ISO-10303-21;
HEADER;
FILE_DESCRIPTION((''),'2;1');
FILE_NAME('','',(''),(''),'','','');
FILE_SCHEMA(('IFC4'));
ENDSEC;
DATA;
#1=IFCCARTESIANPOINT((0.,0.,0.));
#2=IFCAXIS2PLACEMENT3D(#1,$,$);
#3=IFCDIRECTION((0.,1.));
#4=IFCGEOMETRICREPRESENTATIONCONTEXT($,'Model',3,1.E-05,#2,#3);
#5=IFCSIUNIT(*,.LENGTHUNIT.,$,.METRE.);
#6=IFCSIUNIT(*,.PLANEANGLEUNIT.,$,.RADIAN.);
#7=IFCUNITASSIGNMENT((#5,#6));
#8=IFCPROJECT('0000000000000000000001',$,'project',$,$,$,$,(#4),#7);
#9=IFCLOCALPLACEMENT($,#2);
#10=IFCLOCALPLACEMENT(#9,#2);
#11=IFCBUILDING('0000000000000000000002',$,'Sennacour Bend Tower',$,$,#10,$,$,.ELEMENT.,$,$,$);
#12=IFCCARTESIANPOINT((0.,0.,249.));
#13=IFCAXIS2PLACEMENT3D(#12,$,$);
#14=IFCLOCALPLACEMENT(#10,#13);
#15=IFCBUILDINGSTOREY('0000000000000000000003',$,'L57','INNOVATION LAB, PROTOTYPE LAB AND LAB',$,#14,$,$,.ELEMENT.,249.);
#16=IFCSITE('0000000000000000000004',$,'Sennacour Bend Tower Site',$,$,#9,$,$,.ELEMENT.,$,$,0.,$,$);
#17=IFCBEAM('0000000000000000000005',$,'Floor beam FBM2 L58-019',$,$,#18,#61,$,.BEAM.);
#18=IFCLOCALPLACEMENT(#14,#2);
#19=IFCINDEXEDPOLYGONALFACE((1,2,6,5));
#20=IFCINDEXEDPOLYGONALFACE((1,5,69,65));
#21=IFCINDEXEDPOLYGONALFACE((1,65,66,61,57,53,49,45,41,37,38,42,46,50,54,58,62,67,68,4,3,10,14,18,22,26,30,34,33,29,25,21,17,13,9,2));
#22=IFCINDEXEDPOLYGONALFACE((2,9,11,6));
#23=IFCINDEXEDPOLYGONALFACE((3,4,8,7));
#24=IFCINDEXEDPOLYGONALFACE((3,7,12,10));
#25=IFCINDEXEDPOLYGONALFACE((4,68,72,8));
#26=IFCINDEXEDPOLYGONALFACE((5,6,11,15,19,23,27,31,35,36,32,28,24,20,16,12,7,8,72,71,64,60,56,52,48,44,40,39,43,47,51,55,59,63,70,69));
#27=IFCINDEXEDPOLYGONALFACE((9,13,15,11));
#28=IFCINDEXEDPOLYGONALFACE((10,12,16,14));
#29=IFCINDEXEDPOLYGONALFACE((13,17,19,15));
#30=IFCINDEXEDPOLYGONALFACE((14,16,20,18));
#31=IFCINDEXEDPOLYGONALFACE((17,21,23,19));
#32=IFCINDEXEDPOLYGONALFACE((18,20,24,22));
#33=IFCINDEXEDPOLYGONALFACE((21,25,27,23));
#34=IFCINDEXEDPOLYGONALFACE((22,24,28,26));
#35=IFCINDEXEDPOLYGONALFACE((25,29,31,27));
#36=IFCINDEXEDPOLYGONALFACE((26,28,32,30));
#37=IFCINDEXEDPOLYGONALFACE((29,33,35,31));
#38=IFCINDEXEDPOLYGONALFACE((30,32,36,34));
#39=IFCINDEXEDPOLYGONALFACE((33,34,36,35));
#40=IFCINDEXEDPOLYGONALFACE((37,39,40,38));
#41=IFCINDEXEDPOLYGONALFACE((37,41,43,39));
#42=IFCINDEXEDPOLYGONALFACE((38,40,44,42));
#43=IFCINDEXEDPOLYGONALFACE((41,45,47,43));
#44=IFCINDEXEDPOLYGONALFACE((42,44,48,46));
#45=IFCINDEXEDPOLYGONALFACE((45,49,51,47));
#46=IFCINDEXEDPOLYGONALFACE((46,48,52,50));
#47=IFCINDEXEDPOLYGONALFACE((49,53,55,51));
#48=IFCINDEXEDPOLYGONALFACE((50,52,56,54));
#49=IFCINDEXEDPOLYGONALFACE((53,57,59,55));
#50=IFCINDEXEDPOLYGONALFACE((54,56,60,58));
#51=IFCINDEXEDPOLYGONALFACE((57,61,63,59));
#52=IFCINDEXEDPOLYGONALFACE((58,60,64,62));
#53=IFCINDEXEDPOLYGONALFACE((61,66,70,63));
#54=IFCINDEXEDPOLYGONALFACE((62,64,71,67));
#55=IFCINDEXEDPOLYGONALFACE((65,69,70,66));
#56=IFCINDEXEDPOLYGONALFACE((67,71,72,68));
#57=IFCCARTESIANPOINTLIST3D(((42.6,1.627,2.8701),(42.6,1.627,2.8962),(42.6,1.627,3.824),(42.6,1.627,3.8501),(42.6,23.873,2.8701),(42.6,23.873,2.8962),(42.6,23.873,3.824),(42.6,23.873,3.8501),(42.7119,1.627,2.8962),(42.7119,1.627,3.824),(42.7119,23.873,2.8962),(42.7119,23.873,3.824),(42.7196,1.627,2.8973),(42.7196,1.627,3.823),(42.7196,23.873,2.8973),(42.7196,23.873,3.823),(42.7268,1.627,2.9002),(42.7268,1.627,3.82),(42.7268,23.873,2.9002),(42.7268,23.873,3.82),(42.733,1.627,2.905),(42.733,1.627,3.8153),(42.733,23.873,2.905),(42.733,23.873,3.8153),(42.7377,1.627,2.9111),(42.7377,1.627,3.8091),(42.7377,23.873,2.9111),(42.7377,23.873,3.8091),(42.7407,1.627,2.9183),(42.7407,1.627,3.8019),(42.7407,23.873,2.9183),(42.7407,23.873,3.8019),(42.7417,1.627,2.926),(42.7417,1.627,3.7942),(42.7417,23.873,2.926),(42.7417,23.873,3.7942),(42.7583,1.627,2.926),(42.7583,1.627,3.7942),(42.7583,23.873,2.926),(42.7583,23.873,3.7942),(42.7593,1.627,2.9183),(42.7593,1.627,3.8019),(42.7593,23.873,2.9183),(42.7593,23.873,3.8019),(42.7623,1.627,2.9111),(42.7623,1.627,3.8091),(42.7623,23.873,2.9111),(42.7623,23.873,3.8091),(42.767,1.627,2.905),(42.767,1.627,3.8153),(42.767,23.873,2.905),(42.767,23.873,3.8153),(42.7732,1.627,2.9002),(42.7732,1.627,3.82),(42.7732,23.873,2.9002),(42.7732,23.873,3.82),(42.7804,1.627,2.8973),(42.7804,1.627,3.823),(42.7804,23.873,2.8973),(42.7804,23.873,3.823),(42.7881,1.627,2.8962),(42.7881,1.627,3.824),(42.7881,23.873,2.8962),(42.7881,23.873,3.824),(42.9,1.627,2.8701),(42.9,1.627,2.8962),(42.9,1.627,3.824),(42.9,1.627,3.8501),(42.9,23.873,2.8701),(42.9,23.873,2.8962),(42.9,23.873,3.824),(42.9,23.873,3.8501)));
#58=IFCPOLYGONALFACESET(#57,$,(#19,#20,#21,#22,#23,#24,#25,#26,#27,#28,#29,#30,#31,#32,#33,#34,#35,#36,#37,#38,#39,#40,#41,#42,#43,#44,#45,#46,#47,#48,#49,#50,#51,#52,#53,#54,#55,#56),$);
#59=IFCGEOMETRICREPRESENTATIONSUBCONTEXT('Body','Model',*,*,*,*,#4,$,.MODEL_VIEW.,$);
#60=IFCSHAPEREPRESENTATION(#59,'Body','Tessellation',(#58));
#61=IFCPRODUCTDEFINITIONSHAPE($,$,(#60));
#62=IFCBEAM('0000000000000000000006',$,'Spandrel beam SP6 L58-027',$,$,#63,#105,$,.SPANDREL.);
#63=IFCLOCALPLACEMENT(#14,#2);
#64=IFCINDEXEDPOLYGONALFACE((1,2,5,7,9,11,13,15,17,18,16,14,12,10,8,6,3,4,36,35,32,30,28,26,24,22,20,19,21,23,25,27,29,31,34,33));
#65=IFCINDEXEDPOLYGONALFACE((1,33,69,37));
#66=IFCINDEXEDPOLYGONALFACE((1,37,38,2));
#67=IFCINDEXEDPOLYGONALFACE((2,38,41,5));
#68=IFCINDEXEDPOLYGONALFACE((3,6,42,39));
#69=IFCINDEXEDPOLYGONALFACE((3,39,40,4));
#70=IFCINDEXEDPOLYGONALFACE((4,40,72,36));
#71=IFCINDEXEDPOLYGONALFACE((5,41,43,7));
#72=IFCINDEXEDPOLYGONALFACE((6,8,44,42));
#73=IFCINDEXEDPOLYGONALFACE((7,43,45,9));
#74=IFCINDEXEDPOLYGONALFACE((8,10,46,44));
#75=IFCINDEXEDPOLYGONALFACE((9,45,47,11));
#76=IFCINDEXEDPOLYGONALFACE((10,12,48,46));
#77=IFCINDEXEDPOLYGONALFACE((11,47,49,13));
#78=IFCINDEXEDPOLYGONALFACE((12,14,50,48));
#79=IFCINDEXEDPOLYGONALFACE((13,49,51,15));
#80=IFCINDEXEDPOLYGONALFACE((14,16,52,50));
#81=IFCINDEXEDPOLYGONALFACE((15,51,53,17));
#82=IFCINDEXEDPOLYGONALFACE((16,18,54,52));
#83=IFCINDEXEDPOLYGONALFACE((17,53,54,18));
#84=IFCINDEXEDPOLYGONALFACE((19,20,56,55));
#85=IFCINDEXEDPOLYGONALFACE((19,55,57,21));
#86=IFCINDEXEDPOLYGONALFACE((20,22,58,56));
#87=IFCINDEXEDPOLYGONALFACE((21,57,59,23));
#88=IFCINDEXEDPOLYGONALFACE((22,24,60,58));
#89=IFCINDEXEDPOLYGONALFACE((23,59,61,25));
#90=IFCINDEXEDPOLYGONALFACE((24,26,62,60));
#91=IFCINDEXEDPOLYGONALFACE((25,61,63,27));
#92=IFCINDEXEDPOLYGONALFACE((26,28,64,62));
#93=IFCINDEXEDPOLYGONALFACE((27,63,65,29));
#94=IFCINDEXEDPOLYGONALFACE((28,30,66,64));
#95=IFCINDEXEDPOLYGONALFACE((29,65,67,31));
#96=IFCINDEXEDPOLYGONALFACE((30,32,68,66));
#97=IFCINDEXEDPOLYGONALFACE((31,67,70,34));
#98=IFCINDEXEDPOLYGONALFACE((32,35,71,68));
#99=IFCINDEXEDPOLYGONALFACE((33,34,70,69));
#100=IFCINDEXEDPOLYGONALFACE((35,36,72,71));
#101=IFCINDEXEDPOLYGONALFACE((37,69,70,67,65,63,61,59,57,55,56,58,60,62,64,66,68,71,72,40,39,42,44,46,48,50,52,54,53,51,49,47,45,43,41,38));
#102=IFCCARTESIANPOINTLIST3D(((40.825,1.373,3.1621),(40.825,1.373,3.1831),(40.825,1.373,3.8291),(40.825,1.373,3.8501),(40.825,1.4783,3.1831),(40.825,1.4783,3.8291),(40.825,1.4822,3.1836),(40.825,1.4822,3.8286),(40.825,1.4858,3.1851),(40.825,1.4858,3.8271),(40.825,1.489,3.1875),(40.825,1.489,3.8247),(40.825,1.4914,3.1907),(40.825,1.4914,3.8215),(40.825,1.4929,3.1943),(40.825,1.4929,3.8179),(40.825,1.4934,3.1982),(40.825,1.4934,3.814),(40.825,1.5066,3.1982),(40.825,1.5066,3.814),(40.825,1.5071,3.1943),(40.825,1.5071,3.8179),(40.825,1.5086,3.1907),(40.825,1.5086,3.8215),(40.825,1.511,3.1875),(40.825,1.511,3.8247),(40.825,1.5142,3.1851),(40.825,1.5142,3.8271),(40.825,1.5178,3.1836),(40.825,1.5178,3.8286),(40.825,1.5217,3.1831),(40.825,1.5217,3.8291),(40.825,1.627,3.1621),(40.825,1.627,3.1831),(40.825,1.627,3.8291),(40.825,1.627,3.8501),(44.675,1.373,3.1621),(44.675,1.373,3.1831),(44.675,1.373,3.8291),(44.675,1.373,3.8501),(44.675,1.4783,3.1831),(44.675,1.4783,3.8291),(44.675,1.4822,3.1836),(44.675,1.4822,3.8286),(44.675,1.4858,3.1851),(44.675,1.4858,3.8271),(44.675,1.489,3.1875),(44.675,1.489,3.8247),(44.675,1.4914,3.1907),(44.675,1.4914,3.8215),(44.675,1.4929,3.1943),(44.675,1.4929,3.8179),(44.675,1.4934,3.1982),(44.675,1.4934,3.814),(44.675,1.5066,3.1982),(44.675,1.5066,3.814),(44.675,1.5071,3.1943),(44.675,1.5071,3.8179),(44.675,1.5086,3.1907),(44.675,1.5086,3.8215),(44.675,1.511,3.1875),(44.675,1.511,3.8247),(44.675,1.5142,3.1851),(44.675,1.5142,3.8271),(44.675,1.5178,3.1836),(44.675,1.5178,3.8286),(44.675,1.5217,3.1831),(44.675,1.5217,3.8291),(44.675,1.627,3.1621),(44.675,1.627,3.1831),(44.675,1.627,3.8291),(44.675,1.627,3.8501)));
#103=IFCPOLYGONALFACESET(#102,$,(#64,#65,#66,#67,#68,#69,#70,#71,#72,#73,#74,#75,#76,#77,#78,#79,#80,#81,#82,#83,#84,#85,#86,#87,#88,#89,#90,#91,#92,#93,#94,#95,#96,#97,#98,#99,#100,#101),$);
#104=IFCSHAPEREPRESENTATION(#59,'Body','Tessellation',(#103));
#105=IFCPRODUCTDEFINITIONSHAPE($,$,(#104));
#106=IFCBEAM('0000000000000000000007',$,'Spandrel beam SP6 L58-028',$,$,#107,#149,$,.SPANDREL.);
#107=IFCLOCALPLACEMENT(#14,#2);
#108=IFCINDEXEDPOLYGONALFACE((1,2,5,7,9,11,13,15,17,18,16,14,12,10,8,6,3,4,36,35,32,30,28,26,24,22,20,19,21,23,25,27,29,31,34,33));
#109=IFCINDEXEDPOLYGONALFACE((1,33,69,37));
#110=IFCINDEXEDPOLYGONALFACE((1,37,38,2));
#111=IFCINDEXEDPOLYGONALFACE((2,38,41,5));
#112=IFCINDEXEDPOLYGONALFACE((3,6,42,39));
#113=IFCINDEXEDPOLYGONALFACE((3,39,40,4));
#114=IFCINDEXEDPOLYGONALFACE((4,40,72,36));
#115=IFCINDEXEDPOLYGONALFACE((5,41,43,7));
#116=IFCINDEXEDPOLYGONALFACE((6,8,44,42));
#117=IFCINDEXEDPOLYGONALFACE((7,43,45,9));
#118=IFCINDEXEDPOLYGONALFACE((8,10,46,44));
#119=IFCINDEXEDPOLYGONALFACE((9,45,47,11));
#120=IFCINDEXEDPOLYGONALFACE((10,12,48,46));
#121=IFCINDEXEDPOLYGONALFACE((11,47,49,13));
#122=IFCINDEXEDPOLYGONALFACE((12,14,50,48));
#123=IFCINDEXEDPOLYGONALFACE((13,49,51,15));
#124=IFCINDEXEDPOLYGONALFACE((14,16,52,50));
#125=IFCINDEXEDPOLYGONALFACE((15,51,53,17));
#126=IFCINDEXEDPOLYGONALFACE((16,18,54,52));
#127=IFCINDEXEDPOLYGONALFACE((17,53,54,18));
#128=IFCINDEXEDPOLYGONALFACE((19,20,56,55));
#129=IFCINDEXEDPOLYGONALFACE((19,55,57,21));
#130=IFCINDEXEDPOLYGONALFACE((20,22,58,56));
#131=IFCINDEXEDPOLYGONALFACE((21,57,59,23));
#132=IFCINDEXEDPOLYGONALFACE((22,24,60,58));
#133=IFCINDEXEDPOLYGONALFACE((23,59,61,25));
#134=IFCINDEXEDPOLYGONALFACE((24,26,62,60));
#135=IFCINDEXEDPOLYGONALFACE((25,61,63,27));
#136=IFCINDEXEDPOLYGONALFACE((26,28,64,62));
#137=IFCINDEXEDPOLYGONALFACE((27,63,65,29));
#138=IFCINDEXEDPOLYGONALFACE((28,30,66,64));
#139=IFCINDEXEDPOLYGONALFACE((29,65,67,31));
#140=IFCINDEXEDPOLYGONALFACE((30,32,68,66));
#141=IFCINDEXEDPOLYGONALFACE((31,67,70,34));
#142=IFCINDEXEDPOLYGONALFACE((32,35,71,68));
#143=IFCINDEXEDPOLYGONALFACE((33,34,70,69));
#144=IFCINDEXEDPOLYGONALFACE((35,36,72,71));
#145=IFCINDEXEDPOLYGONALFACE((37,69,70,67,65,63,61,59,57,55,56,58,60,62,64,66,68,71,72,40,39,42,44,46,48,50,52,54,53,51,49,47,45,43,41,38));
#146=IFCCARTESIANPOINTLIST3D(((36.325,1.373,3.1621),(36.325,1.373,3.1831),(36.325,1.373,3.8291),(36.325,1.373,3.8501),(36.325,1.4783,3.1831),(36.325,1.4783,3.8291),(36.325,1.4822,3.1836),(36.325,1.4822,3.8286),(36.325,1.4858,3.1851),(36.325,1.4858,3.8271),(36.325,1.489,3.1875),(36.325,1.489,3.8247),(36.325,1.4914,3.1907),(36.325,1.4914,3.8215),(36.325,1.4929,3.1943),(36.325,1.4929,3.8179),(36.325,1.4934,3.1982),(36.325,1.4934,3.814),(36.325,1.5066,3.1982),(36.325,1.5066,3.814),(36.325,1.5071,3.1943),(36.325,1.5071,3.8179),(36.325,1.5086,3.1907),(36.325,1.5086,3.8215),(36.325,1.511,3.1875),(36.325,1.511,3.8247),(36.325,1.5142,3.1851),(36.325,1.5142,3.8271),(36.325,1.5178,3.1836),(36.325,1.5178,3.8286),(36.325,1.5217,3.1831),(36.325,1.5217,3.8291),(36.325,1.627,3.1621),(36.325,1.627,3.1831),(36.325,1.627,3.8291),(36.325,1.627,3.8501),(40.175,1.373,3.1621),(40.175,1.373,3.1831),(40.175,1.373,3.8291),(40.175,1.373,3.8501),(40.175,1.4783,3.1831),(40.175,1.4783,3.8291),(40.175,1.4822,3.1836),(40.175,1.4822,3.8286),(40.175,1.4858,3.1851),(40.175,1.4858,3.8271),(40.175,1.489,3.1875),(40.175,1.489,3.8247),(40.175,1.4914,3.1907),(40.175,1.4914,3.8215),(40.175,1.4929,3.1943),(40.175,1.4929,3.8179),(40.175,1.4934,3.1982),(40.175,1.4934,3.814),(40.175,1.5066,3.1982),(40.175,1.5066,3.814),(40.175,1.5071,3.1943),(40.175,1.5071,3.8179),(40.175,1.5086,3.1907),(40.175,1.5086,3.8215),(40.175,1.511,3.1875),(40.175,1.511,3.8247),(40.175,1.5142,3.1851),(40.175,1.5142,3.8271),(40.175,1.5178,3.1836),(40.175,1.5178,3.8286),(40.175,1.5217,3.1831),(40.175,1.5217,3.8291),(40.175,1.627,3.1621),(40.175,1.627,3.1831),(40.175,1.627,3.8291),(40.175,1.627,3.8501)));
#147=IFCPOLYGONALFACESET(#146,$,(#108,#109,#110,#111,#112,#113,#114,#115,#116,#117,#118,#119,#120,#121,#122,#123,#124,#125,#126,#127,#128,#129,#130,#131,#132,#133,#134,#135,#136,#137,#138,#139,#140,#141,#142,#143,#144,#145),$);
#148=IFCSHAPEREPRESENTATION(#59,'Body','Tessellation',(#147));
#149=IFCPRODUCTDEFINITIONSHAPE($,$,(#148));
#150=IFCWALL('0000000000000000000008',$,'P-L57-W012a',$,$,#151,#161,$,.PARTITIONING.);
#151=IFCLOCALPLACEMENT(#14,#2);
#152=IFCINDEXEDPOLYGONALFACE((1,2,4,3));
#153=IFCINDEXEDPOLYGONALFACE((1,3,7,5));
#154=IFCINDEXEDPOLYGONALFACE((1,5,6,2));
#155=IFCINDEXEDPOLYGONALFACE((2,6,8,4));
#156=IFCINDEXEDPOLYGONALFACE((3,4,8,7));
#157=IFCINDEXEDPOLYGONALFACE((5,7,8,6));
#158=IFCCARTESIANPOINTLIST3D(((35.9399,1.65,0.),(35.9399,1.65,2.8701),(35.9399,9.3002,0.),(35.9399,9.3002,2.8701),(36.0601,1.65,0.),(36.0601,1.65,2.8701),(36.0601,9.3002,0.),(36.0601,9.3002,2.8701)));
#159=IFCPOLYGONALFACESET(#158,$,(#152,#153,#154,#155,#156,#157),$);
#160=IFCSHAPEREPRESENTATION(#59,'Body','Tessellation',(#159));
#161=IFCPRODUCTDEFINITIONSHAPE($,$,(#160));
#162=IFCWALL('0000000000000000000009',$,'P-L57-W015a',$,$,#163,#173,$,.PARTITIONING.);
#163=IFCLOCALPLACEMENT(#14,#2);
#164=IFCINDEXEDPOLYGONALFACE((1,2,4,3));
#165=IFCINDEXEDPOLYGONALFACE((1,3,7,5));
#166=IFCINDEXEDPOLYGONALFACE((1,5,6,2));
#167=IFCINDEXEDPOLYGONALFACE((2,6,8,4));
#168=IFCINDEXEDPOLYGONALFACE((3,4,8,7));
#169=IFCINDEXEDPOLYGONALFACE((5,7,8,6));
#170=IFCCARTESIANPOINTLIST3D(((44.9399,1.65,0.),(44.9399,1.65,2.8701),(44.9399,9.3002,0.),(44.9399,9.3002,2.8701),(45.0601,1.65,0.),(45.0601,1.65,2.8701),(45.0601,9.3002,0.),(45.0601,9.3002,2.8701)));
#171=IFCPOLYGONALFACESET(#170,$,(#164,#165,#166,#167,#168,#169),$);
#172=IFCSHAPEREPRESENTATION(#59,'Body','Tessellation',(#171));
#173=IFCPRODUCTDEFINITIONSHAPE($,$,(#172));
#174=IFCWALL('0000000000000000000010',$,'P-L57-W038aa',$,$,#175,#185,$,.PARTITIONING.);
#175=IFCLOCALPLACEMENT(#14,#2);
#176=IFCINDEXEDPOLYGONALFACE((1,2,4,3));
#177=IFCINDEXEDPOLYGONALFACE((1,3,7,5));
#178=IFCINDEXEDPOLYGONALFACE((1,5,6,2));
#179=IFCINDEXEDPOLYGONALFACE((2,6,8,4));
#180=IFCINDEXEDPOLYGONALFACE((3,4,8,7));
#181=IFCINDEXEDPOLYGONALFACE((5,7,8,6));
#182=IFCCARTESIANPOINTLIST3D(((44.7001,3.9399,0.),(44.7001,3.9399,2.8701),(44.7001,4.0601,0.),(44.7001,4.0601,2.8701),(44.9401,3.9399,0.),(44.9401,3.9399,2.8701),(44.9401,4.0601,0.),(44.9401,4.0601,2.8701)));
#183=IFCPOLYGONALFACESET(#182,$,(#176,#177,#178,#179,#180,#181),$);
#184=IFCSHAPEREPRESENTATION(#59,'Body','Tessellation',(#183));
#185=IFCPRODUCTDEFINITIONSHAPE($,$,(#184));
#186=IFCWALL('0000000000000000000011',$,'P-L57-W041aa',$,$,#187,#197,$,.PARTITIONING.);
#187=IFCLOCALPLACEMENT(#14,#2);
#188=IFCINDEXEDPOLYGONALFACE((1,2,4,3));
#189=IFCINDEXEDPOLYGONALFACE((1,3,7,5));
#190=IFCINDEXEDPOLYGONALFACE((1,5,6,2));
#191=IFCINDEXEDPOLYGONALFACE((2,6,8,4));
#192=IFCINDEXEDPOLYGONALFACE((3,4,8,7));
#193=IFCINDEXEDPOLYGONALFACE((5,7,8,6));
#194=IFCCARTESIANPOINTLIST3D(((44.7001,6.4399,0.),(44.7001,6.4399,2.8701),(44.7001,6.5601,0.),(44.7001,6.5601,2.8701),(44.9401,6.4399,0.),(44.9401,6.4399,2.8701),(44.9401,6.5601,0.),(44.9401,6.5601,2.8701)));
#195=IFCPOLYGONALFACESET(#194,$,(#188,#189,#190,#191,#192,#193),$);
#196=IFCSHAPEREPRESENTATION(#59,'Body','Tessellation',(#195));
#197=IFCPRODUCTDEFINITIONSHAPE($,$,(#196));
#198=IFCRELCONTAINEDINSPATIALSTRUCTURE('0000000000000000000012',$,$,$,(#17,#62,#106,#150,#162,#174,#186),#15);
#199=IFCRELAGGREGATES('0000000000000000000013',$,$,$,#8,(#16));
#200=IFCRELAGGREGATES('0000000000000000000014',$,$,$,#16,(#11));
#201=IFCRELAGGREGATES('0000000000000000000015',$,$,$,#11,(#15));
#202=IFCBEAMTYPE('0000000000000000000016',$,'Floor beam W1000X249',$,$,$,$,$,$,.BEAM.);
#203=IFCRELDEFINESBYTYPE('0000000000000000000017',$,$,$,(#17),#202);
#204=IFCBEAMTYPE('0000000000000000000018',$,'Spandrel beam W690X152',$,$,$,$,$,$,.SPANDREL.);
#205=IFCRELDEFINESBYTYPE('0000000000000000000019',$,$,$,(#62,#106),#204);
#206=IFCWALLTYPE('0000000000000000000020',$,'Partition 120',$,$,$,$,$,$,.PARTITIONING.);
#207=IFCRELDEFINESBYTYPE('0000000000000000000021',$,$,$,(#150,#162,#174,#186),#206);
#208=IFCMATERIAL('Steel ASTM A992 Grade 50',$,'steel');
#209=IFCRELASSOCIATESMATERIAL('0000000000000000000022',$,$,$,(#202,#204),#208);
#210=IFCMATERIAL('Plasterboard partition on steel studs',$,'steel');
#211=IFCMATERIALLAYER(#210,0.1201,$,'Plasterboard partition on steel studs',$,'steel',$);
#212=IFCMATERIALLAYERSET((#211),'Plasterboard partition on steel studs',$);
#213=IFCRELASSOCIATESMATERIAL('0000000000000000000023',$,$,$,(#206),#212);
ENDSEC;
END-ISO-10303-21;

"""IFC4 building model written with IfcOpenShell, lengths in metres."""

from ifc_helpers import new_model, si_unit, direction, frame, frame_2d, origin, origin_2d, place, context, subcontext, project, spatial, rectangle, i_section, extrude, material, layer, layer_set, material_profile, profile_set, type_object, element, save


model = new_model("IFC4")

# Units and contexts
model_context = context("Model", 3, precision=1e-05, world=origin(), true_north=direction((0.0, 1.0)))
body_context = subcontext(model_context, "Body", "Model", "MODEL_VIEW")
ifc_project = project(units=[si_unit("LENGTHUNIT", "METRE"), si_unit("PLANEANGLEUNIT", "RADIAN")], contexts=[model_context])

# Site, building, storey
site_placement = place(None, origin())
site = spatial("IfcSite", under=ifc_project, at=site_placement, Name="Sennacour Bend Tower Site", CompositionType="ELEMENT", RefElevation=0.0)
building_placement = place(site_placement, origin())
building = spatial("IfcBuilding", under=site, at=building_placement, Name="Sennacour Bend Tower", CompositionType="ELEMENT")
storey_placement = place(building_placement, frame((0.0, 0.0, 249.0)))
storey = spatial("IfcBuildingStorey", under=building, at=storey_placement, Name="L57", Description="INNOVATION LAB, PROTOTYPE LAB AND LAB", CompositionType="ELEMENT", Elevation=249.0)

# Beams
ifc_material_1 = material(Name="Steel ASTM A992 Grade 50", Category="steel")
ifc_material_profile_1 = material_profile(ifc_material_1, i_section(OverallWidth=0.3, OverallDepth=0.98, WebThickness=0.0166, FlangeThickness=0.0261, FilletRadius=0.0298, at=origin_2d()), Name="Steel ASTM A992 Grade 50", Category="steel")
ifc_profile_set_1 = profile_set([ifc_material_profile_1], Name="Steel ASTM A992 Grade 50")
beam_type_1 = type_object("IfcBeamType", Name="Floor beam W1000X249", PredefinedType="BEAM", material=ifc_profile_set_1)
beam_1_placement = place(storey_placement, frame((42.75, 1.627, 3.3601), z_axis=(0.0, 1.0, 0.0), x_axis=(-1.0, 0.0, 0.0)))
element("IfcBeam", 1, at=beam_1_placement, inside=storey, type_object=beam_type_1, Name="Floor beam FBM2 L58-019", PredefinedType="BEAM", context=body_context, shape_type="SweptSolid", body=[
    extrude(i_section(OverallWidth=0.3, OverallDepth=0.98, WebThickness=0.0166, FlangeThickness=0.0261, FilletRadius=0.0298, at=origin_2d()), origin(), (0.0, 0.0, 1.0), 22.2461),
])
ifc_material_profile_2 = material_profile(ifc_material_1, i_section(OverallWidth=0.2539, OverallDepth=0.688, WebThickness=0.0132, FlangeThickness=0.021, FilletRadius=0.0151, at=origin_2d()), Name="Steel ASTM A992 Grade 50", Category="steel")
ifc_profile_set_2 = profile_set([ifc_material_profile_2], Name="Steel ASTM A992 Grade 50")
beam_type_2 = type_object("IfcBeamType", Name="Spandrel beam W690X152", PredefinedType="SPANDREL", material=ifc_profile_set_2)
for number, where, z_axis, x_axis, name in (
    (2, (44.675, 1.5, 3.5061), (-1.0, 0.0, 0.0), (0.0, -1.0, 0.0), "Spandrel beam SP6 L58-027"),
    (3, (40.175, 1.5, 3.5061), (-1.0, 0.0, 0.0), (0.0, -1.0, 0.0), "Spandrel beam SP6 L58-028"),
):
    element("IfcBeam", number, at=place(storey_placement, frame(where, z_axis=z_axis, x_axis=x_axis)), inside=storey, type_object=beam_type_2, Name=name, PredefinedType="SPANDREL", context=body_context, shape_type="SweptSolid", body=[
        extrude(i_section(OverallWidth=0.2539, OverallDepth=0.688, WebThickness=0.0132, FlangeThickness=0.021, FilletRadius=0.0151, at=origin_2d()), origin(), (0.0, 0.0, 1.0), 3.8501),
    ])

# Walls
ifc_material_2 = material(Name="Plasterboard partition on steel studs", Category="steel")
ifc_layer_1 = layer(ifc_material_2, 0.1201, Name="Plasterboard partition on steel studs", Category="steel")
ifc_layer_set_1 = layer_set([ifc_layer_1], Name="Plasterboard partition on steel studs")
wall_type_1 = type_object("IfcWallType", Name="Partition 120", PredefinedType="PARTITIONING", material=ifc_layer_set_1)
for number, where, z_axis, x_axis, name in (
    (4, (36.0, 1.6499, 0.0), (0.0, 0.0, 1.0), (0.0, 1.0, 0.0), "P-L57-W012a"),
    (5, (45.0, 1.6499, 0.0), (0.0, 0.0, 1.0), (0.0, 1.0, 0.0), "P-L57-W015a"),
):
    element("IfcWall", number, at=place(storey_placement, frame(where, z_axis=z_axis, x_axis=x_axis)), inside=storey, type_object=wall_type_1, Name=name, PredefinedType="PARTITIONING", context=body_context, shape_type="SweptSolid", body=[
        extrude(rectangle(XDim=7.6501, YDim=0.1201, at=frame_2d((3.8252, 0.0))), origin(), (0.0, 0.0, 1.0), 2.8701),
    ])
for number, where, z_axis, x_axis, name in (
    (6, (44.7, 4.0, 0.0), (0.0, 0.0, 1.0), (1.0, 0.0, 0.0), "P-L57-W038aa"),
    (7, (44.7, 6.5, 0.0), (0.0, 0.0, 1.0), (1.0, 0.0, 0.0), "P-L57-W041aa"),
):
    element("IfcWall", number, at=place(storey_placement, frame(where, z_axis=z_axis, x_axis=x_axis)), inside=storey, type_object=wall_type_1, Name=name, PredefinedType="PARTITIONING", context=body_context, shape_type="SweptSolid", body=[
        extrude(rectangle(XDim=0.24, YDim=0.1201, at=frame_2d((0.1201, 0.0))), origin(), (0.0, 0.0, 1.0), 2.8701),
    ])

save(model, "model.ifc")
